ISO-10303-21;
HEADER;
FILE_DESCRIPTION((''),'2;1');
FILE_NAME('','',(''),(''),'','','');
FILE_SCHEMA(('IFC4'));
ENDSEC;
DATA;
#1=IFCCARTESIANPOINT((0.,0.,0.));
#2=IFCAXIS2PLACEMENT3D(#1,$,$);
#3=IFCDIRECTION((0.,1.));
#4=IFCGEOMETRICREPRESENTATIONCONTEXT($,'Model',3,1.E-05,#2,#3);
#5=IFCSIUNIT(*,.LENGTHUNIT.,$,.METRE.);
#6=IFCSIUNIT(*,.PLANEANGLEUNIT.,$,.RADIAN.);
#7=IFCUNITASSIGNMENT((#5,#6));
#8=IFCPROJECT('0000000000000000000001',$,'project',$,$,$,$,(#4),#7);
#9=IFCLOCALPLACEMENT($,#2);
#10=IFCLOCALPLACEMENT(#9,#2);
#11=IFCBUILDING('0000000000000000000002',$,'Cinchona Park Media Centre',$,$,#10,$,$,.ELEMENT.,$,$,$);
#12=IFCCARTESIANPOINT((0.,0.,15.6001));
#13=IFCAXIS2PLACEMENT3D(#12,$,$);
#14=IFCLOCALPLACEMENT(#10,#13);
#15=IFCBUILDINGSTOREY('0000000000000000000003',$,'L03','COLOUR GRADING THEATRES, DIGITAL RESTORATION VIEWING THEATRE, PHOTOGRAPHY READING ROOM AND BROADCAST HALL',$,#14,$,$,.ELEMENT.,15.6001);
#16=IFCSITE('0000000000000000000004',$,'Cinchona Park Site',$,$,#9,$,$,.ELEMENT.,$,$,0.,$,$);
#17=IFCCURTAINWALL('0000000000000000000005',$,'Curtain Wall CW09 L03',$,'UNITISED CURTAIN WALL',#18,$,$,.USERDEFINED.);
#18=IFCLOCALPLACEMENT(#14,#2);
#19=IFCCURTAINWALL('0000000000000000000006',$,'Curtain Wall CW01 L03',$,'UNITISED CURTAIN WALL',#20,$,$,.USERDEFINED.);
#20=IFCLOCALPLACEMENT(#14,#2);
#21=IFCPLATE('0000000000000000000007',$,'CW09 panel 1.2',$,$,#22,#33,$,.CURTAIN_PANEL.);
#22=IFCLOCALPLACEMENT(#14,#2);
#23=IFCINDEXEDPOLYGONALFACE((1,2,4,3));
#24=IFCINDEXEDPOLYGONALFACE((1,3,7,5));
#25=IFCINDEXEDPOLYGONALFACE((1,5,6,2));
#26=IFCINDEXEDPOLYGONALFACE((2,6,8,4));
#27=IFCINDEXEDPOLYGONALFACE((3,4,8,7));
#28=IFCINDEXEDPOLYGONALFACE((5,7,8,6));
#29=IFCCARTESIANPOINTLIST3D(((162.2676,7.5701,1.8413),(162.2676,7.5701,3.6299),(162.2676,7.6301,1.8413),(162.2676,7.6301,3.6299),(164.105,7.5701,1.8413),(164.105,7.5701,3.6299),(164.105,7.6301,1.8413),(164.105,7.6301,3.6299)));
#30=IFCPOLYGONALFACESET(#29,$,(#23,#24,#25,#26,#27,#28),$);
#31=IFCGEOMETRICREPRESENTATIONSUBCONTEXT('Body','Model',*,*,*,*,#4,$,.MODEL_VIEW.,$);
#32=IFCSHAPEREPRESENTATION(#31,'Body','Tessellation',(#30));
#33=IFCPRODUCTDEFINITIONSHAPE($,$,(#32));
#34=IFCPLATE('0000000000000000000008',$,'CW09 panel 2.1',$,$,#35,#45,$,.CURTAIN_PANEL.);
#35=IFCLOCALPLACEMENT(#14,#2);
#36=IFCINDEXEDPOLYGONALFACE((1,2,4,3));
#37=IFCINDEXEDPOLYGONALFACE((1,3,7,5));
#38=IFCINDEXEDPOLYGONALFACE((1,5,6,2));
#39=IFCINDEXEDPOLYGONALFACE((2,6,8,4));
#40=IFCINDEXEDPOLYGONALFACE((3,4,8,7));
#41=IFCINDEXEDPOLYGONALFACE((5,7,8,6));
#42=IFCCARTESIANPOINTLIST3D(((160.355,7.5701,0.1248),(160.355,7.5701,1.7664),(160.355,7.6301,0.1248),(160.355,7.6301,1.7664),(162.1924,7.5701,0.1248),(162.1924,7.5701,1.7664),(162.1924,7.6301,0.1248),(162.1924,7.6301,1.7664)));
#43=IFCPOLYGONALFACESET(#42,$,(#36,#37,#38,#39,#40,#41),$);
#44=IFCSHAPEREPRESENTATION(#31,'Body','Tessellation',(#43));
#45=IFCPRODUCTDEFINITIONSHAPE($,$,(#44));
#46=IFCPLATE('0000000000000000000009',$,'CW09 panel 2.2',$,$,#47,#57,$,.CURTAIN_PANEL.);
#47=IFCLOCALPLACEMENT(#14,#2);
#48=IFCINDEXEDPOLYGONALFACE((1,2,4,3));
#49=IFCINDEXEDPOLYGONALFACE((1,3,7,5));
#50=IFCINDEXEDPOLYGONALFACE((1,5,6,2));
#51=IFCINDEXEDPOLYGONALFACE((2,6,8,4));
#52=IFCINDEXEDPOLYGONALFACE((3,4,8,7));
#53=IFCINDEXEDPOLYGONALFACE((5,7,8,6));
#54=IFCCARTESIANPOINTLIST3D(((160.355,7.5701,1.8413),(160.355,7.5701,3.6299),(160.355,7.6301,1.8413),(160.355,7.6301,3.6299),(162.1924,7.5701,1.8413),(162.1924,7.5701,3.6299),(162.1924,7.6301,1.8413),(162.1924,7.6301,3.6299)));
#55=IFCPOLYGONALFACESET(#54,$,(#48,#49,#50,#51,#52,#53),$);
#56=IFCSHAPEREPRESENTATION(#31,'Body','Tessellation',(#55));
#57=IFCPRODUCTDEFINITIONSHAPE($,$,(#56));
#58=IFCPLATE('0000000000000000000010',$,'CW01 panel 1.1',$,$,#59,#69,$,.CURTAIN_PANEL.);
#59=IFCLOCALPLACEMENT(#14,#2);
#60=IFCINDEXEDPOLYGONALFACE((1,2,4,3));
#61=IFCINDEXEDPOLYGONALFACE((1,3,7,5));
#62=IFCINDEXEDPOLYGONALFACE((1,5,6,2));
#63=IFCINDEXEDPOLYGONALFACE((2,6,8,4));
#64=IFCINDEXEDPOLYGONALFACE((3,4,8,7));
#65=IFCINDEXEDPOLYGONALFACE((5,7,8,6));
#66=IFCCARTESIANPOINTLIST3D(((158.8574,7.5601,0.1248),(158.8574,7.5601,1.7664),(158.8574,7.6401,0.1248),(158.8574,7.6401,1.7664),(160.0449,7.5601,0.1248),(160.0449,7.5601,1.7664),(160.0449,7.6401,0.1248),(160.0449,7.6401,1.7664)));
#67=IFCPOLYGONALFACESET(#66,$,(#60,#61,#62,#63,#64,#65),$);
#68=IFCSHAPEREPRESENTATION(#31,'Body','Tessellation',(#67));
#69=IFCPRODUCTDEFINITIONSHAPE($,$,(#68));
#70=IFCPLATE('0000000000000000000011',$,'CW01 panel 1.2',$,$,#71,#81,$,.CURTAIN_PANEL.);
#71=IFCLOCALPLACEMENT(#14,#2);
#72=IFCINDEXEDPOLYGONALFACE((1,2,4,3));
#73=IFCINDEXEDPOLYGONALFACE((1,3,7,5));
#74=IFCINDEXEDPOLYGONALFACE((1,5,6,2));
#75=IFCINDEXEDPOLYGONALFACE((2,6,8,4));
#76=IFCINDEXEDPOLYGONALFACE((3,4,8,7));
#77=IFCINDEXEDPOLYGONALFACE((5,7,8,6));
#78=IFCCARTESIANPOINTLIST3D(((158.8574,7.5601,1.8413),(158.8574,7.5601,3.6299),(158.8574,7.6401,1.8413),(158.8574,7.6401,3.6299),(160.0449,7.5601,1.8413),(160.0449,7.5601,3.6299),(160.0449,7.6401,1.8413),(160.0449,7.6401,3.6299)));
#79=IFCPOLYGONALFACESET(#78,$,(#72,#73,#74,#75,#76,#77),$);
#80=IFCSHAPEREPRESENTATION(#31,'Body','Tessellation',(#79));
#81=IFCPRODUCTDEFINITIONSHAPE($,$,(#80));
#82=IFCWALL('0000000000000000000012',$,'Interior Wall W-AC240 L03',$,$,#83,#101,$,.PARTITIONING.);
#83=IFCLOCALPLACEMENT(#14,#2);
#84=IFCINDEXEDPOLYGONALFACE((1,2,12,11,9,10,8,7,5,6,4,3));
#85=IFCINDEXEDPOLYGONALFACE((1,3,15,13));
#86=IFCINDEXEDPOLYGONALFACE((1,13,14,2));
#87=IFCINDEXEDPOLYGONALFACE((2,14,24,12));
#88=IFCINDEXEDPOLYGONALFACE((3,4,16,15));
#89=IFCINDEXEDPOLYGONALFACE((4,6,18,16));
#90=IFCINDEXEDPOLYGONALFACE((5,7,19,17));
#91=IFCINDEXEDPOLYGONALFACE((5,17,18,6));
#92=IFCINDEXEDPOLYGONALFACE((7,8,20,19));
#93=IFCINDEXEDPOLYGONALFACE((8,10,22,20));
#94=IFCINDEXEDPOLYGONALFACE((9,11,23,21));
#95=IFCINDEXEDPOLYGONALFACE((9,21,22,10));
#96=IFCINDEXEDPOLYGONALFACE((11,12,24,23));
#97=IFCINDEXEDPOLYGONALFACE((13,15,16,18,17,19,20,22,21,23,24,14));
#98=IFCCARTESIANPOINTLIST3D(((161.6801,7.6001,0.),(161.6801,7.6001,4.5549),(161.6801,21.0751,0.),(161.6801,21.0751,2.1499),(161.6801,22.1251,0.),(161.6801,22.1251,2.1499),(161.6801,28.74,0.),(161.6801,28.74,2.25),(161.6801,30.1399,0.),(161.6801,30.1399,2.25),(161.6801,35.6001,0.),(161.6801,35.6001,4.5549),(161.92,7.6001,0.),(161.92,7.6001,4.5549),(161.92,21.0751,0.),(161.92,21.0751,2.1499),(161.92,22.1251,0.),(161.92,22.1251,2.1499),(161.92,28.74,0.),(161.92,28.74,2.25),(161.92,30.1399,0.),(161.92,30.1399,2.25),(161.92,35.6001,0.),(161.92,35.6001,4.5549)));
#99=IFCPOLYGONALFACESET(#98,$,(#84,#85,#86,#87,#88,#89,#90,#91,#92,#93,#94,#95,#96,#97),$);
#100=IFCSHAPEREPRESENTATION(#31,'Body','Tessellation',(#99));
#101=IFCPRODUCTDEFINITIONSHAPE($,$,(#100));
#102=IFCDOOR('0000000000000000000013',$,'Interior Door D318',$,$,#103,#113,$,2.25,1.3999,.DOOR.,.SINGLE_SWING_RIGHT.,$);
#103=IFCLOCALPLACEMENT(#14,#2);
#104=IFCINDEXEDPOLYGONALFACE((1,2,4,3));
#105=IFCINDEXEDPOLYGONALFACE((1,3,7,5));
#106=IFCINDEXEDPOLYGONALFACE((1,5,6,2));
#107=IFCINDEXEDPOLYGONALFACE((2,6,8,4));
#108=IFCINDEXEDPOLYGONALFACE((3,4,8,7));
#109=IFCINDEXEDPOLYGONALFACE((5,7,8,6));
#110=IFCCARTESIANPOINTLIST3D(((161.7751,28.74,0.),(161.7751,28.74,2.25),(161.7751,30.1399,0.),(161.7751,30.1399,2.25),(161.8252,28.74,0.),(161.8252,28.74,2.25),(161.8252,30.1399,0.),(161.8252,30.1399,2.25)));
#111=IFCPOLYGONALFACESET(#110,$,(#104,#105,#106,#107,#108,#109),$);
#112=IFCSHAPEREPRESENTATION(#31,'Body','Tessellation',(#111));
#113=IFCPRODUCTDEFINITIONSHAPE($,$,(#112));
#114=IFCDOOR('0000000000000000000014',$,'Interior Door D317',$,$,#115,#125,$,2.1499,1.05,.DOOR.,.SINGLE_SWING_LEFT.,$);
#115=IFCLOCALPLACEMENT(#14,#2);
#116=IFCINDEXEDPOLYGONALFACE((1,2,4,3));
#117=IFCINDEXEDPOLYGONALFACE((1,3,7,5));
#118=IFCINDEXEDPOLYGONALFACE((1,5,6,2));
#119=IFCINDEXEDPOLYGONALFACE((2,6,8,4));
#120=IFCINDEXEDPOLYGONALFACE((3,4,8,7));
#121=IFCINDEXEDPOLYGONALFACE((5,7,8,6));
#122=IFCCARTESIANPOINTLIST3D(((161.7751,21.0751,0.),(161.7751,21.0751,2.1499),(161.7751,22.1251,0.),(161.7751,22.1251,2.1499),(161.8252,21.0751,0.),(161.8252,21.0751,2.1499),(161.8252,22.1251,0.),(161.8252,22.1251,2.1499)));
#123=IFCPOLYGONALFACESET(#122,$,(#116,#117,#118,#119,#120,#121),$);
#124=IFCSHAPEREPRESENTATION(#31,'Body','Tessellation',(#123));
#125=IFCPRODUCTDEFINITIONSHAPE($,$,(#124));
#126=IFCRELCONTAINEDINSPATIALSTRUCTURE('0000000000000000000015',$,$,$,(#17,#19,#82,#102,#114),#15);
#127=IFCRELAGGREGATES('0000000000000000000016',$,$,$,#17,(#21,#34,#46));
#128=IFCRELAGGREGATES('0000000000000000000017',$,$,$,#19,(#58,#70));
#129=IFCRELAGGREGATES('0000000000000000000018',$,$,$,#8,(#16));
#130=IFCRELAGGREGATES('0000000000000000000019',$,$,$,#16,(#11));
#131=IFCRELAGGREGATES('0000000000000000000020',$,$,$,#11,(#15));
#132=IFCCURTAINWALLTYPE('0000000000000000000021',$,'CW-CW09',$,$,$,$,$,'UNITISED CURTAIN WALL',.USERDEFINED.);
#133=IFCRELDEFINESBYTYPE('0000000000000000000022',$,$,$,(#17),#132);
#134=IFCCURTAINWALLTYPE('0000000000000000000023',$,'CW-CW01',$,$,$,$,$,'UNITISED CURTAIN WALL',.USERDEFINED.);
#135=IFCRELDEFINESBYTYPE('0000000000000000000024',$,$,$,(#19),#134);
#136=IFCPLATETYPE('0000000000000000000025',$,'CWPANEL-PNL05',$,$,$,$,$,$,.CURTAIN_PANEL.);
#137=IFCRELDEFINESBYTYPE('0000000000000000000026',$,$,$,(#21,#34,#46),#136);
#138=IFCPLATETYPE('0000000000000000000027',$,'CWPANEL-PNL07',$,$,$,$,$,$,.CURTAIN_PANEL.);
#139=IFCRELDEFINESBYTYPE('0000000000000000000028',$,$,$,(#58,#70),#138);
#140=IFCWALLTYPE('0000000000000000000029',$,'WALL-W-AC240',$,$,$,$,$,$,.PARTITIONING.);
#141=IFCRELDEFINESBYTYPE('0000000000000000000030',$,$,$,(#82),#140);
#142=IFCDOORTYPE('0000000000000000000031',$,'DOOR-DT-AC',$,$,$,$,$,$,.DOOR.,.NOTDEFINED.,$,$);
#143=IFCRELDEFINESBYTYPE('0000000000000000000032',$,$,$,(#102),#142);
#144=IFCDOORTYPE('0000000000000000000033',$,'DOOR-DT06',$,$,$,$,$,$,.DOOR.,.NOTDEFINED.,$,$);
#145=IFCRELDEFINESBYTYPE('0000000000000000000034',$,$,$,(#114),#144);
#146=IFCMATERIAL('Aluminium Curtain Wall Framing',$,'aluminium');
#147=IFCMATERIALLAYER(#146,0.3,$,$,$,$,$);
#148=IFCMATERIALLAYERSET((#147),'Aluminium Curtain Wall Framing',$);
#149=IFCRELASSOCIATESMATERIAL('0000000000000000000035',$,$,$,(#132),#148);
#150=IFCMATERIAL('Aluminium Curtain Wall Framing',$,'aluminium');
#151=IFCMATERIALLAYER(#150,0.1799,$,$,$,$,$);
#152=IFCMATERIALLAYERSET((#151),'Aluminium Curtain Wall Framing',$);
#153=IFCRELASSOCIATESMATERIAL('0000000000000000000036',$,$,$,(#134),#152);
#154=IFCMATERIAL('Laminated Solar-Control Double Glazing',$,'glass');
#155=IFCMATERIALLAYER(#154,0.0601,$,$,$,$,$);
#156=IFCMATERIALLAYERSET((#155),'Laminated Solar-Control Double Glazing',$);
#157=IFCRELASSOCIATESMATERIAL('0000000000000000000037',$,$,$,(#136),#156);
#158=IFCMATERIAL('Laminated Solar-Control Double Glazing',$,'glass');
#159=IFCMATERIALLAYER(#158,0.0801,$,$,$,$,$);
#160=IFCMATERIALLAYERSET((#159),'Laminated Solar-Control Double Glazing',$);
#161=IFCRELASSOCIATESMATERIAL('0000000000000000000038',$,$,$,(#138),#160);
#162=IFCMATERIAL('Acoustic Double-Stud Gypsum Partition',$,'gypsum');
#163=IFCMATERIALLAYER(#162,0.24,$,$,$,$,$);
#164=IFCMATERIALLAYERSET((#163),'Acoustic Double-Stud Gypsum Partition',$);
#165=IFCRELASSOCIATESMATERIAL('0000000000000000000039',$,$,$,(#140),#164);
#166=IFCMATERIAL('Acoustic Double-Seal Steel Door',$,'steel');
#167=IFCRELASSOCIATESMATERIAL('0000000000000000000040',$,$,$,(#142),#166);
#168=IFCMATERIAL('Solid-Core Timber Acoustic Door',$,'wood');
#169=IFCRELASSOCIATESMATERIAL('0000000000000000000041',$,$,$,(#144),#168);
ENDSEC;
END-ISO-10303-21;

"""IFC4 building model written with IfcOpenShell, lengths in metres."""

from ifc_helpers import new_model, si_unit, direction, frame, frame_2d, origin, origin_2d, place, context, subcontext, project, spatial, rectangle, extrude, material, layer, layer_set, type_object, element, fill, aggregate, save


model = new_model("IFC4")

# Units and contexts
model_context = context("Model", 3, precision=1e-05, world=origin(), true_north=direction((0.0, 1.0)))
body_context = subcontext(model_context, "Body", "Model", "MODEL_VIEW")
ifc_project = project(units=[si_unit("LENGTHUNIT", "METRE"), si_unit("PLANEANGLEUNIT", "RADIAN")], contexts=[model_context])

# Site, building, storey
site_placement = place(None, origin())
site = spatial("IfcSite", under=ifc_project, at=site_placement, Name="Cinchona Park Site", CompositionType="ELEMENT", RefElevation=0.0)
building_placement = place(site_placement, origin())
building = spatial("IfcBuilding", under=site, at=building_placement, Name="Cinchona Park Media Centre", CompositionType="ELEMENT")
storey_placement = place(building_placement, frame((0.0, 0.0, 15.6001)))
storey = spatial("IfcBuildingStorey", under=building, at=storey_placement, Name="L03", Description="COLOUR GRADING THEATRES, DIGITAL RESTORATION VIEWING THEATRE, PHOTOGRAPHY READING ROOM AND BROADCAST HALL", CompositionType="ELEMENT", Elevation=15.6001)

# Curtain walls
ifc_material_1 = material(Name="Aluminium Curtain Wall Framing", Category="aluminium")
ifc_layer_1 = layer(ifc_material_1, 0.3)
ifc_layer_set_1 = layer_set([ifc_layer_1], Name="Aluminium Curtain Wall Framing")
curtain_wall_type_1 = type_object("IfcCurtainWallType", Name="CW-CW09", ElementType="UNITISED CURTAIN WALL", PredefinedType="USERDEFINED", material=ifc_layer_set_1)
curtain_wall_1_placement = place(storey_placement, origin())
curtain_wall_1 = element("IfcCurtainWall", 1, at=curtain_wall_1_placement, inside=storey, type_object=curtain_wall_type_1, Name="Curtain Wall CW09 L03", ObjectType="UNITISED CURTAIN WALL", PredefinedType="USERDEFINED")
ifc_material_2 = material(Name="Aluminium Curtain Wall Framing", Category="aluminium")
ifc_layer_2 = layer(ifc_material_2, 0.1799)
ifc_layer_set_2 = layer_set([ifc_layer_2], Name="Aluminium Curtain Wall Framing")
curtain_wall_type_2 = type_object("IfcCurtainWallType", Name="CW-CW01", ElementType="UNITISED CURTAIN WALL", PredefinedType="USERDEFINED", material=ifc_layer_set_2)
curtain_wall_2_placement = place(storey_placement, origin())
curtain_wall_2 = element("IfcCurtainWall", 2, at=curtain_wall_2_placement, inside=storey, type_object=curtain_wall_type_2, Name="Curtain Wall CW01 L03", ObjectType="UNITISED CURTAIN WALL", PredefinedType="USERDEFINED")

# Plates
ifc_material_3 = material(Name="Laminated Solar-Control Double Glazing", Category="glass")
ifc_layer_3 = layer(ifc_material_3, 0.0601)
ifc_layer_set_3 = layer_set([ifc_layer_3], Name="Laminated Solar-Control Double Glazing")
plate_type_1 = type_object("IfcPlateType", Name="CWPANEL-PNL05", PredefinedType="CURTAIN_PANEL", material=ifc_layer_set_3)
plate_1_placement = place(storey_placement, frame((163.1863, 7.6001, 1.8413), z_axis=(0.0, 0.0, 1.0), x_axis=(-1.0, 0.0, 0.0)))
plate_1 = element("IfcPlate", 3, at=plate_1_placement, type_object=plate_type_1, Name="CW09 panel 1.2", PredefinedType="CURTAIN_PANEL", context=body_context, shape_type="SweptSolid", body=[
    extrude(rectangle(XDim=1.8374, YDim=0.0601, at=origin_2d()), origin(), (0.0, 0.0, 1.0), 1.7886),
])
plate_2_placement = place(storey_placement, frame((161.2737, 7.6001, 0.1248), z_axis=(0.0, 0.0, 1.0), x_axis=(-1.0, 0.0, 0.0)))
plate_2 = element("IfcPlate", 4, at=plate_2_placement, type_object=plate_type_1, Name="CW09 panel 2.1", PredefinedType="CURTAIN_PANEL", context=body_context, shape_type="SweptSolid", body=[
    extrude(rectangle(XDim=1.8374, YDim=0.0601, at=origin_2d()), origin(), (0.0, 0.0, 1.0), 1.6416),
])
plate_3_placement = place(storey_placement, frame((161.2737, 7.6001, 1.8413), z_axis=(0.0, 0.0, 1.0), x_axis=(-1.0, 0.0, 0.0)))
plate_3 = element("IfcPlate", 5, at=plate_3_placement, type_object=plate_type_1, Name="CW09 panel 2.2", PredefinedType="CURTAIN_PANEL", context=body_context, shape_type="SweptSolid", body=[
    extrude(rectangle(XDim=1.8374, YDim=0.0601, at=origin_2d()), origin(), (0.0, 0.0, 1.0), 1.7886),
])
aggregate(curtain_wall_1, [plate_1, plate_2, plate_3])
ifc_material_4 = material(Name="Laminated Solar-Control Double Glazing", Category="glass")
ifc_layer_4 = layer(ifc_material_4, 0.0801)
ifc_layer_set_4 = layer_set([ifc_layer_4], Name="Laminated Solar-Control Double Glazing")
plate_type_2 = type_object("IfcPlateType", Name="CWPANEL-PNL07", PredefinedType="CURTAIN_PANEL", material=ifc_layer_set_4)
plate_4_placement = place(storey_placement, frame((159.4512, 7.6001, 0.1248), z_axis=(0.0, 0.0, 1.0), x_axis=(-1.0, 0.0, 0.0)))
plate_4 = element("IfcPlate", 6, at=plate_4_placement, type_object=plate_type_2, Name="CW01 panel 1.1", PredefinedType="CURTAIN_PANEL", context=body_context, shape_type="SweptSolid", body=[
    extrude(rectangle(XDim=1.1875, YDim=0.0801, at=origin_2d()), origin(), (0.0, 0.0, 1.0), 1.6416),
])
plate_5_placement = place(storey_placement, frame((159.4512, 7.6001, 1.8413), z_axis=(0.0, 0.0, 1.0), x_axis=(-1.0, 0.0, 0.0)))
plate_5 = element("IfcPlate", 7, at=plate_5_placement, type_object=plate_type_2, Name="CW01 panel 1.2", PredefinedType="CURTAIN_PANEL", context=body_context, shape_type="SweptSolid", body=[
    extrude(rectangle(XDim=1.1875, YDim=0.0801, at=origin_2d()), origin(), (0.0, 0.0, 1.0), 1.7886),
])
aggregate(curtain_wall_2, [plate_4, plate_5])

# Wall, openings, doors
ifc_material_5 = material(Name="Acoustic Double-Stud Gypsum Partition", Category="gypsum")
ifc_layer_5 = layer(ifc_material_5, 0.24)
ifc_layer_set_5 = layer_set([ifc_layer_5], Name="Acoustic Double-Stud Gypsum Partition")
wall_type = type_object("IfcWallType", Name="WALL-W-AC240", PredefinedType="PARTITIONING", material=ifc_layer_set_5)
wall_placement = place(storey_placement, frame((161.8, 7.6001, 0.0), z_axis=(0.0, 0.0, 1.0), x_axis=(0.0, 1.0, 0.0)))
wall = element("IfcWall", 8, at=wall_placement, inside=storey, type_object=wall_type, Name="Interior Wall W-AC240 L03", PredefinedType="PARTITIONING", context=body_context, shape_type="SweptSolid", body=[
    extrude(rectangle(XDim=28.0, YDim=0.24, at=frame_2d((14.0, 0.0))), origin(), (0.0, 0.0, 1.0), 4.5549),
])
opening_1_placement = place(wall_placement, frame((13.4751, 0.0, 0.0)))
opening_1 = element("IfcOpeningElement", 9, at=opening_1_placement, cuts=wall, PredefinedType="OPENING", context=body_context, shape_type="SweptSolid", body=[
    extrude(rectangle(XDim=1.05, YDim=2.1499, at=frame_2d((0.5249, 1.075))), frame((0.0, 0.1299, 0.0), z_axis=(0.0, -1.0, 0.0), x_axis=(1.0, 0.0, 0.0)), (0.0, 0.0, 1.0), 0.26),
])
opening_2_placement = place(wall_placement, frame((21.1399, 0.0, 0.0)))
opening_2 = element("IfcOpeningElement", 10, at=opening_2_placement, cuts=wall, PredefinedType="OPENING", context=body_context, shape_type="SweptSolid", body=[
    extrude(rectangle(XDim=1.3999, YDim=2.25, at=frame_2d((0.7, 1.125))), frame((0.0, 0.1299, 0.0), z_axis=(0.0, -1.0, 0.0), x_axis=(1.0, 0.0, 0.0)), (0.0, 0.0, 1.0), 0.26),
])
ifc_material_6 = material(Name="Acoustic Double-Seal Steel Door", Category="steel")
door_type_1 = type_object("IfcDoorType", Name="DOOR-DT-AC", OperationType="NOTDEFINED", PredefinedType="DOOR", material=ifc_material_6)
door_1_placement = place(opening_2_placement, origin())
door_1 = element("IfcDoor", 11, at=door_1_placement, inside=storey, type_object=door_type_1, Name="Interior Door D318", OperationType="SINGLE_SWING_RIGHT", OverallHeight=2.25, OverallWidth=1.3999, PredefinedType="DOOR", context=body_context, shape_type="SweptSolid", body=[
    extrude(rectangle(XDim=1.3999, YDim=2.25, at=frame_2d((0.7, 1.125))), frame((0.0, 0.0249, 0.0), z_axis=(0.0, -1.0, 0.0), x_axis=(1.0, 0.0, 0.0)), (0.0, 0.0, 1.0), 0.05),
])
fill(opening_2, door_1)
ifc_material_7 = material(Name="Solid-Core Timber Acoustic Door", Category="wood")
door_type_2 = type_object("IfcDoorType", Name="DOOR-DT06", OperationType="NOTDEFINED", PredefinedType="DOOR", material=ifc_material_7)
door_2_placement = place(opening_1_placement, origin())
door_2 = element("IfcDoor", 12, at=door_2_placement, inside=storey, type_object=door_type_2, Name="Interior Door D317", OperationType="SINGLE_SWING_LEFT", OverallHeight=2.1499, OverallWidth=1.05, PredefinedType="DOOR", context=body_context, shape_type="SweptSolid", body=[
    extrude(rectangle(XDim=1.05, YDim=2.1499, at=frame_2d((0.5249, 1.075))), frame((0.0, 0.0249, 0.0), z_axis=(0.0, -1.0, 0.0), x_axis=(1.0, 0.0, 0.0)), (0.0, 0.0, 1.0), 0.05),
])
fill(opening_1, door_2)

save(model, "model.ifc")
